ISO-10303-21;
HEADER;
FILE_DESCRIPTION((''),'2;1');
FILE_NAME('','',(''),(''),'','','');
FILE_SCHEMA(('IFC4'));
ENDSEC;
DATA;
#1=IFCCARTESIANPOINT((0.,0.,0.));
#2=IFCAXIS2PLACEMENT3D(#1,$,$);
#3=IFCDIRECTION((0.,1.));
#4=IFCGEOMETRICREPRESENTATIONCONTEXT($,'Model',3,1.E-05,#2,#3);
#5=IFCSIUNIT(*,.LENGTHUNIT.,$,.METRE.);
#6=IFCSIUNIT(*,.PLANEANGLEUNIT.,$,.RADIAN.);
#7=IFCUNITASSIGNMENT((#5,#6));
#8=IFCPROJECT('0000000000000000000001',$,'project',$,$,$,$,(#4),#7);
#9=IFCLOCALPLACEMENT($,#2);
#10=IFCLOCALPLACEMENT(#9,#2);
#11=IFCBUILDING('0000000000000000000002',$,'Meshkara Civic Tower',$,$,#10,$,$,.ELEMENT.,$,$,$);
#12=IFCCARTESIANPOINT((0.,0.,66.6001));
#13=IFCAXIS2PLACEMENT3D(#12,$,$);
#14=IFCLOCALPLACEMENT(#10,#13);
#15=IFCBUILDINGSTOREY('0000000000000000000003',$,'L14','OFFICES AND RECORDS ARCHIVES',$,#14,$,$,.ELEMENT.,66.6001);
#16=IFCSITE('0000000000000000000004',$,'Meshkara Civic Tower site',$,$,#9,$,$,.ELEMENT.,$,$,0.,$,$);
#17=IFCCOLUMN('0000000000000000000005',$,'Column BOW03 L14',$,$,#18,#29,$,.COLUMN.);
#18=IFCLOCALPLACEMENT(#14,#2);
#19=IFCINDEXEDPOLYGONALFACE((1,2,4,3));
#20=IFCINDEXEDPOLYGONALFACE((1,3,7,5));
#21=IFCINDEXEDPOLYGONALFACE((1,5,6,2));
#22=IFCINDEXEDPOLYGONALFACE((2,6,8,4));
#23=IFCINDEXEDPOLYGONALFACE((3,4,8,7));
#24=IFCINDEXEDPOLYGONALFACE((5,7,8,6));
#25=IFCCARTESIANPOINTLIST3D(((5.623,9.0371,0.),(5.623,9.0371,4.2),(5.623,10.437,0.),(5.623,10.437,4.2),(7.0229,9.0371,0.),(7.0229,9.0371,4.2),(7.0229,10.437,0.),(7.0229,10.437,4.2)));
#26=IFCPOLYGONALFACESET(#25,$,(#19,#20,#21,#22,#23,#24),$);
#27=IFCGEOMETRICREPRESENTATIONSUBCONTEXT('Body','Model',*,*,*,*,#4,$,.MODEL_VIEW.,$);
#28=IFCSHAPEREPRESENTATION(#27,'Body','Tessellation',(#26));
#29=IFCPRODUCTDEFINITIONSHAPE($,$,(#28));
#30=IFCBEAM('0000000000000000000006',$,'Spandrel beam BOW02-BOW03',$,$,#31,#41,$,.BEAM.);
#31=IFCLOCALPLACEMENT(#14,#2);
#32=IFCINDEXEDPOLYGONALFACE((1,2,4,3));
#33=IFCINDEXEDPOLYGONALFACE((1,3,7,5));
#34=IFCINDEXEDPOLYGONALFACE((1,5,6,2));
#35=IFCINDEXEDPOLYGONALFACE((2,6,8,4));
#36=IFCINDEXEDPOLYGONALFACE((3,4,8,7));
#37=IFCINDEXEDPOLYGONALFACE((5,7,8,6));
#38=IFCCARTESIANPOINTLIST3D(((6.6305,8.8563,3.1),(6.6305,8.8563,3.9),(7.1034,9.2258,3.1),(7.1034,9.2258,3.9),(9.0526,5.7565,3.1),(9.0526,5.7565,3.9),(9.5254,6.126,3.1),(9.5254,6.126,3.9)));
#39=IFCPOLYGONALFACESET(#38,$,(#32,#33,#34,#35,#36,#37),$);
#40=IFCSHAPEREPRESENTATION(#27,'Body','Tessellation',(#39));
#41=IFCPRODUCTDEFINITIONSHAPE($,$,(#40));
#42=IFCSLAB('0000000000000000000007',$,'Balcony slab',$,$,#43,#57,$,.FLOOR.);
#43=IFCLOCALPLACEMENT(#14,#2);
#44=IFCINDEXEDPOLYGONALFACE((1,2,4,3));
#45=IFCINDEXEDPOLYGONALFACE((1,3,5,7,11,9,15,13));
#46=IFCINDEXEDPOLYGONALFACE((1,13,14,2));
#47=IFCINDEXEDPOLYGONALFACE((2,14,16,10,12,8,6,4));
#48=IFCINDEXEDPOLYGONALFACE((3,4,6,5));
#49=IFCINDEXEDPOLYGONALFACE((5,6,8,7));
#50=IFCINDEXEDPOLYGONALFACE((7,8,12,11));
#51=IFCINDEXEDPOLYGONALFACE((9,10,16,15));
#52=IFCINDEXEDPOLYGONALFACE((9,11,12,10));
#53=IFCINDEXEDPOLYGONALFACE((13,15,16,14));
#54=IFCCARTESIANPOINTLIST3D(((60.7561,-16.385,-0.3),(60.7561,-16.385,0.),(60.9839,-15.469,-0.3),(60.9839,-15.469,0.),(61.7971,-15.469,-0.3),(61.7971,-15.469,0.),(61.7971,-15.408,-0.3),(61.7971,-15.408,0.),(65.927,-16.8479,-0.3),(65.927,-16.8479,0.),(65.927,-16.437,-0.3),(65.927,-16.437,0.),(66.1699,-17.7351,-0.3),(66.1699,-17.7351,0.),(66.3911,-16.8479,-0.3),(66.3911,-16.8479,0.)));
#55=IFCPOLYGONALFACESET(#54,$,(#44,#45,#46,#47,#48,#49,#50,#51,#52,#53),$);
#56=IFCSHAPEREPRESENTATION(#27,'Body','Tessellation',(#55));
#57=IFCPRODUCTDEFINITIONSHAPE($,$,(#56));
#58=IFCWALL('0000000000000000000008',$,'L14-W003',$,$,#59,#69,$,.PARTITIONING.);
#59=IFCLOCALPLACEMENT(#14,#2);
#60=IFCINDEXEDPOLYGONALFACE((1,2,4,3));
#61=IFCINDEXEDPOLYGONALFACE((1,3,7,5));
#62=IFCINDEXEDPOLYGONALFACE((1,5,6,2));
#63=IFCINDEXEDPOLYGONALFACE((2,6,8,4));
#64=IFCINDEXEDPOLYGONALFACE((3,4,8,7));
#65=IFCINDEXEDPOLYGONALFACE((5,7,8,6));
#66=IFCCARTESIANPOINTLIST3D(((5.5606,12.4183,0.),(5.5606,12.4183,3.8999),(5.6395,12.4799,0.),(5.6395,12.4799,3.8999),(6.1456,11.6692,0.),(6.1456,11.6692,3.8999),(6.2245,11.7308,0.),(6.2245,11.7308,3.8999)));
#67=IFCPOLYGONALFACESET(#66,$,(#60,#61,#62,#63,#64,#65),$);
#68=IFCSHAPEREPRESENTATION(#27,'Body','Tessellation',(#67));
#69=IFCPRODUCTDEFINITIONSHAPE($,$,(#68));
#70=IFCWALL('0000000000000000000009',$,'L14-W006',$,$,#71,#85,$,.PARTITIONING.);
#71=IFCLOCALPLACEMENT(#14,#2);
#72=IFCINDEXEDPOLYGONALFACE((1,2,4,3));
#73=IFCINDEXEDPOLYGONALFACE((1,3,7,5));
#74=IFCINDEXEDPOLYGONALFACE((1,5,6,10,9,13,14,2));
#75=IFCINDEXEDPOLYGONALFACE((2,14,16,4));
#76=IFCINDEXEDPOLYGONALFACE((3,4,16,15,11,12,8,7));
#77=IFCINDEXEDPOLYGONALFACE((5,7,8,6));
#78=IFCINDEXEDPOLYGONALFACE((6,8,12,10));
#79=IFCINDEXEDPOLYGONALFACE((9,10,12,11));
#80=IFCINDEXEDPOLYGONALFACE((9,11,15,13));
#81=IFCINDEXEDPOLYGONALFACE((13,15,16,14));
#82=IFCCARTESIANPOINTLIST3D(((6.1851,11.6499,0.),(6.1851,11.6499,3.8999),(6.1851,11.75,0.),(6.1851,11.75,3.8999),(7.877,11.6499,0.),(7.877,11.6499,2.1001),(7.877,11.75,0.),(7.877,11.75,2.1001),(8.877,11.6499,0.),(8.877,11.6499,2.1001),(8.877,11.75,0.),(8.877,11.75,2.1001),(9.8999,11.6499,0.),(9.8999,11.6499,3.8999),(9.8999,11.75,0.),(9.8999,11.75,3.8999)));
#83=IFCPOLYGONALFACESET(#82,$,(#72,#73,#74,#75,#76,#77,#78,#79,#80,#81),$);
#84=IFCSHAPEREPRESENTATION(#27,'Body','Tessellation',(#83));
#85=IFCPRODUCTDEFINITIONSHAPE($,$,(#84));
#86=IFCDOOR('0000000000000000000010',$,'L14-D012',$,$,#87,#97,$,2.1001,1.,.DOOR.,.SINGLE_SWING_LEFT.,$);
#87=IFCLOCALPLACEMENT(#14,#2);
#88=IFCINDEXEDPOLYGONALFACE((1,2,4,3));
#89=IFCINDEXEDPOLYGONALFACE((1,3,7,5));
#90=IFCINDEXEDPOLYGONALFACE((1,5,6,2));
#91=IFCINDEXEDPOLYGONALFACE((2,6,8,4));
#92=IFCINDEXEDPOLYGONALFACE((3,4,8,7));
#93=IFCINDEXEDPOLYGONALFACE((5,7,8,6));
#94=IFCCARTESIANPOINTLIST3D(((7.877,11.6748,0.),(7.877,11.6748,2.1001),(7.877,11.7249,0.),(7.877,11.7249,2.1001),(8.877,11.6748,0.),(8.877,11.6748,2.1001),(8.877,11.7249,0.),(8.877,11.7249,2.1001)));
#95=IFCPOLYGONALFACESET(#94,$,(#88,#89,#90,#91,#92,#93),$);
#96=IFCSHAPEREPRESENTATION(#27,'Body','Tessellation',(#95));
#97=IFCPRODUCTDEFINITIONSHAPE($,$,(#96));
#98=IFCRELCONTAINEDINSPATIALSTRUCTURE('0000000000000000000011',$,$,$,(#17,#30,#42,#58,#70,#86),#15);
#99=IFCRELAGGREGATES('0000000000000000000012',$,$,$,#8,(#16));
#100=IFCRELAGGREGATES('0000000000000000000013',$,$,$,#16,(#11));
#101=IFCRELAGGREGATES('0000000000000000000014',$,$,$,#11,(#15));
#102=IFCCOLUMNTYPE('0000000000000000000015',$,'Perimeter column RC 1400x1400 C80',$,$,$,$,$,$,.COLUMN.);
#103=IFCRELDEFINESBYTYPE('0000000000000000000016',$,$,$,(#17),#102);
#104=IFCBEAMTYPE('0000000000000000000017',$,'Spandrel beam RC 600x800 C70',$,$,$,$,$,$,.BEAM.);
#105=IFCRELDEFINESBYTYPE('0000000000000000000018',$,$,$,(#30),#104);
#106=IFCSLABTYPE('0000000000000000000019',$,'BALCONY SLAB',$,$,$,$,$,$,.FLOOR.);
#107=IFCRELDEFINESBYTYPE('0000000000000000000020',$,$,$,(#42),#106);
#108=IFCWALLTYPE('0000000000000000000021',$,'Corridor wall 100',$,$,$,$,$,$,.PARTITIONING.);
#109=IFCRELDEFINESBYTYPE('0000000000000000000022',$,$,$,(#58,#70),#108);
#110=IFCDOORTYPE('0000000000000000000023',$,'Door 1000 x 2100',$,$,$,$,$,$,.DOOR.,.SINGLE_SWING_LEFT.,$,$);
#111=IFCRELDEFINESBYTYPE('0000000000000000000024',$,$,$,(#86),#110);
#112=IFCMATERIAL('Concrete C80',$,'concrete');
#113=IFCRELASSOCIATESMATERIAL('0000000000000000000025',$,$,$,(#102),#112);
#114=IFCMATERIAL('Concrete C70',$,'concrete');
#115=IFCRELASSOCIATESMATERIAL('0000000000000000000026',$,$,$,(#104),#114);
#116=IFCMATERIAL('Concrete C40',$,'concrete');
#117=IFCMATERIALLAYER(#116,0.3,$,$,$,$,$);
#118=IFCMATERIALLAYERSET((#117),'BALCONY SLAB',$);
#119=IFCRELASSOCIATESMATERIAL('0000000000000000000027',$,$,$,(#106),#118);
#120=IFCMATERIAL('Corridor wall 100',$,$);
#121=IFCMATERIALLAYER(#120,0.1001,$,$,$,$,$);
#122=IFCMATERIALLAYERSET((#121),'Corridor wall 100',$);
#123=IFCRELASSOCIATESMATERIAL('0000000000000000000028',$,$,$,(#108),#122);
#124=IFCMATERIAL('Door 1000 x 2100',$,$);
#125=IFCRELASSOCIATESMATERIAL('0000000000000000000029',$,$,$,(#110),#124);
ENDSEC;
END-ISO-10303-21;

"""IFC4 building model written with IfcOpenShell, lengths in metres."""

from ifc_helpers import new_model, si_unit, direction, frame, frame_2d, origin, origin_2d, place, context, subcontext, project, spatial, polyline, rectangle, outline, extrude, material, layer, layer_set, material_profile, profile_set, type_object, element, fill, save


model = new_model("IFC4")

# Units and contexts
model_context = context("Model", 3, precision=1e-05, world=origin(), true_north=direction((0.0, 1.0)))
body_context = subcontext(model_context, "Body", "Model", "MODEL_VIEW")
ifc_project = project(units=[si_unit("LENGTHUNIT", "METRE"), si_unit("PLANEANGLEUNIT", "RADIAN")], contexts=[model_context])

# Site, building, storey
site_placement = place(None, origin())
site = spatial("IfcSite", under=ifc_project, at=site_placement, Name="Meshkara Civic Tower site", CompositionType="ELEMENT", RefElevation=0.0)
building_placement = place(site_placement, origin())
building = spatial("IfcBuilding", under=site, at=building_placement, Name="Meshkara Civic Tower", CompositionType="ELEMENT")
storey_placement = place(building_placement, frame((0.0, 0.0, 66.6001)))
storey = spatial("IfcBuildingStorey", under=building, at=storey_placement, Name="L14", Description="OFFICES AND RECORDS ARCHIVES", CompositionType="ELEMENT", Elevation=66.6001)

# Column
ifc_material_1 = material(Name="Concrete C80", Category="concrete")
ifc_material_profile_1 = material_profile(ifc_material_1, rectangle(XDim=1.3999, YDim=1.3999, at=origin_2d()))
ifc_profile_set_1 = profile_set([ifc_material_profile_1], Name="Concrete C80")
column_type = type_object("IfcColumnType", Name="Perimeter column RC 1400x1400 C80", PredefinedType="COLUMN", material=ifc_profile_set_1)
column_placement = place(storey_placement, frame((6.323, 9.7371, 0.0), z_axis=(0.0, 0.0, 1.0), x_axis=(1.0, 0.0, 0.0)))
element("IfcColumn", 1, at=column_placement, inside=storey, type_object=column_type, Name="Column BOW03 L14", PredefinedType="COLUMN", context=body_context, shape_type="SweptSolid", body=[
    extrude(rectangle(XDim=1.3999, YDim=1.3999, at=origin_2d()), origin(), (0.0, 0.0, 1.0), 4.2),
])

# Beam
ifc_material_2 = material(Name="Concrete C70", Category="concrete")
ifc_material_profile_2 = material_profile(ifc_material_2, rectangle(XDim=0.6001, YDim=0.8, at=origin_2d()))
ifc_profile_set_2 = profile_set([ifc_material_profile_2], Name="Concrete C70")
beam_type = type_object("IfcBeamType", Name="Spandrel beam RC 600x800 C70", PredefinedType="BEAM", material=ifc_profile_set_2)
beam_placement = place(storey_placement, frame((6.8669, 9.041, 3.5), z_axis=(0.615701, -0.78798, 0.0), x_axis=(0.78798, 0.615701, 0.0)))
element("IfcBeam", 2, at=beam_placement, inside=storey, type_object=beam_type, Name="Spandrel beam BOW02-BOW03", PredefinedType="BEAM", context=body_context, shape_type="SweptSolid", body=[
    extrude(rectangle(XDim=0.6001, YDim=0.8, at=origin_2d()), origin(), (0.0, 0.0, 1.0), 3.9338),
])

# Slab
ifc_material_3 = material(Name="Concrete C40", Category="concrete")
ifc_layer_1 = layer(ifc_material_3, 0.3)
ifc_layer_set_1 = layer_set([ifc_layer_1], Name="BALCONY SLAB")
slab_type = type_object("IfcSlabType", Name="BALCONY SLAB", PredefinedType="FLOOR", material=ifc_layer_set_1)
slab_placement = place(storey_placement, frame((0.0, 0.0, -0.3)))
element("IfcSlab", 3, at=slab_placement, inside=storey, type_object=slab_type, Name="Balcony slab", PredefinedType="FLOOR", context=body_context, shape_type="SweptSolid", body=[
    extrude(outline(polyline([(66.1699, -17.7351), (60.7561, -16.385), (60.9839, -15.469), (61.7971, -15.469), (61.7971, -15.408), (65.927, -16.437), (65.927, -16.8479), (66.3911, -16.8479), (66.1699, -17.7351)])), origin(), (0.0, 0.0, 1.0), 0.3),
])

# Wall
ifc_material_4 = material(Name="Corridor wall 100")
ifc_layer_2 = layer(ifc_material_4, 0.1001)
ifc_layer_set_2 = layer_set([ifc_layer_2], Name="Corridor wall 100")
wall_type_1 = type_object("IfcWallType", Name="Corridor wall 100", PredefinedType="PARTITIONING", material=ifc_layer_set_2)
wall_1_placement = place(storey_placement, frame((5.6001, 12.449, 0.0), z_axis=(0.0, 0.0, 1.0), x_axis=(0.615504, -0.788133, 0.0)))
element("IfcWall", 4, at=wall_1_placement, inside=storey, type_object=wall_type_1, Name="L14-W003", PredefinedType="PARTITIONING", context=body_context, shape_type="SweptSolid", body=[
    extrude(rectangle(XDim=0.9504, YDim=0.1001, at=frame_2d((0.4751, 0.0))), origin(), (0.0, 0.0, 1.0), 3.8999),
])

# Wall, opening, door
wall_2_placement = place(storey_placement, frame((6.1851, 11.7, 0.0), z_axis=(0.0, 0.0, 1.0), x_axis=(1.0, 0.0, 0.0)))
wall_2 = element("IfcWall", 5, at=wall_2_placement, inside=storey, type_object=wall_type_1, Name="L14-W006", PredefinedType="PARTITIONING", context=body_context, shape_type="SweptSolid", body=[
    extrude(rectangle(XDim=3.7148, YDim=0.1001, at=frame_2d((1.8574, 0.0))), origin(), (0.0, 0.0, 1.0), 3.8999),
])
opening_1_placement = place(wall_2_placement, frame((1.6919, 0.0, 0.0)))
opening_1 = element("IfcOpeningElement", 6, at=opening_1_placement, cuts=wall_2, PredefinedType="OPENING", context=body_context, shape_type="SweptSolid", body=[
    extrude(rectangle(XDim=1.0, YDim=2.1001, at=frame_2d((0.5, 1.05))), frame((0.0, 0.0601, 0.0), z_axis=(0.0, -1.0, 0.0), x_axis=(1.0, 0.0, 0.0)), (0.0, 0.0, 1.0), 0.1201),
])
ifc_material_5 = material(Name="Door 1000 x 2100")
door_type_1 = type_object("IfcDoorType", Name="Door 1000 x 2100", OperationType="SINGLE_SWING_LEFT", PredefinedType="DOOR", material=ifc_material_5)
door_1_placement = place(opening_1_placement, origin())
door_1 = element("IfcDoor", 7, at=door_1_placement, inside=storey, type_object=door_type_1, Name="L14-D012", OperationType="SINGLE_SWING_LEFT", OverallHeight=2.1001, OverallWidth=1.0, PredefinedType="DOOR", context=body_context, shape_type="SweptSolid", body=[
    extrude(rectangle(XDim=1.0, YDim=2.1001, at=frame_2d((0.5, 1.05))), frame((0.0, 0.0249, 0.0), z_axis=(0.0, -1.0, 0.0), x_axis=(1.0, 0.0, 0.0)), (0.0, 0.0, 1.0), 0.05),
])
fill(opening_1, door_1)

save(model, "model.ifc")
